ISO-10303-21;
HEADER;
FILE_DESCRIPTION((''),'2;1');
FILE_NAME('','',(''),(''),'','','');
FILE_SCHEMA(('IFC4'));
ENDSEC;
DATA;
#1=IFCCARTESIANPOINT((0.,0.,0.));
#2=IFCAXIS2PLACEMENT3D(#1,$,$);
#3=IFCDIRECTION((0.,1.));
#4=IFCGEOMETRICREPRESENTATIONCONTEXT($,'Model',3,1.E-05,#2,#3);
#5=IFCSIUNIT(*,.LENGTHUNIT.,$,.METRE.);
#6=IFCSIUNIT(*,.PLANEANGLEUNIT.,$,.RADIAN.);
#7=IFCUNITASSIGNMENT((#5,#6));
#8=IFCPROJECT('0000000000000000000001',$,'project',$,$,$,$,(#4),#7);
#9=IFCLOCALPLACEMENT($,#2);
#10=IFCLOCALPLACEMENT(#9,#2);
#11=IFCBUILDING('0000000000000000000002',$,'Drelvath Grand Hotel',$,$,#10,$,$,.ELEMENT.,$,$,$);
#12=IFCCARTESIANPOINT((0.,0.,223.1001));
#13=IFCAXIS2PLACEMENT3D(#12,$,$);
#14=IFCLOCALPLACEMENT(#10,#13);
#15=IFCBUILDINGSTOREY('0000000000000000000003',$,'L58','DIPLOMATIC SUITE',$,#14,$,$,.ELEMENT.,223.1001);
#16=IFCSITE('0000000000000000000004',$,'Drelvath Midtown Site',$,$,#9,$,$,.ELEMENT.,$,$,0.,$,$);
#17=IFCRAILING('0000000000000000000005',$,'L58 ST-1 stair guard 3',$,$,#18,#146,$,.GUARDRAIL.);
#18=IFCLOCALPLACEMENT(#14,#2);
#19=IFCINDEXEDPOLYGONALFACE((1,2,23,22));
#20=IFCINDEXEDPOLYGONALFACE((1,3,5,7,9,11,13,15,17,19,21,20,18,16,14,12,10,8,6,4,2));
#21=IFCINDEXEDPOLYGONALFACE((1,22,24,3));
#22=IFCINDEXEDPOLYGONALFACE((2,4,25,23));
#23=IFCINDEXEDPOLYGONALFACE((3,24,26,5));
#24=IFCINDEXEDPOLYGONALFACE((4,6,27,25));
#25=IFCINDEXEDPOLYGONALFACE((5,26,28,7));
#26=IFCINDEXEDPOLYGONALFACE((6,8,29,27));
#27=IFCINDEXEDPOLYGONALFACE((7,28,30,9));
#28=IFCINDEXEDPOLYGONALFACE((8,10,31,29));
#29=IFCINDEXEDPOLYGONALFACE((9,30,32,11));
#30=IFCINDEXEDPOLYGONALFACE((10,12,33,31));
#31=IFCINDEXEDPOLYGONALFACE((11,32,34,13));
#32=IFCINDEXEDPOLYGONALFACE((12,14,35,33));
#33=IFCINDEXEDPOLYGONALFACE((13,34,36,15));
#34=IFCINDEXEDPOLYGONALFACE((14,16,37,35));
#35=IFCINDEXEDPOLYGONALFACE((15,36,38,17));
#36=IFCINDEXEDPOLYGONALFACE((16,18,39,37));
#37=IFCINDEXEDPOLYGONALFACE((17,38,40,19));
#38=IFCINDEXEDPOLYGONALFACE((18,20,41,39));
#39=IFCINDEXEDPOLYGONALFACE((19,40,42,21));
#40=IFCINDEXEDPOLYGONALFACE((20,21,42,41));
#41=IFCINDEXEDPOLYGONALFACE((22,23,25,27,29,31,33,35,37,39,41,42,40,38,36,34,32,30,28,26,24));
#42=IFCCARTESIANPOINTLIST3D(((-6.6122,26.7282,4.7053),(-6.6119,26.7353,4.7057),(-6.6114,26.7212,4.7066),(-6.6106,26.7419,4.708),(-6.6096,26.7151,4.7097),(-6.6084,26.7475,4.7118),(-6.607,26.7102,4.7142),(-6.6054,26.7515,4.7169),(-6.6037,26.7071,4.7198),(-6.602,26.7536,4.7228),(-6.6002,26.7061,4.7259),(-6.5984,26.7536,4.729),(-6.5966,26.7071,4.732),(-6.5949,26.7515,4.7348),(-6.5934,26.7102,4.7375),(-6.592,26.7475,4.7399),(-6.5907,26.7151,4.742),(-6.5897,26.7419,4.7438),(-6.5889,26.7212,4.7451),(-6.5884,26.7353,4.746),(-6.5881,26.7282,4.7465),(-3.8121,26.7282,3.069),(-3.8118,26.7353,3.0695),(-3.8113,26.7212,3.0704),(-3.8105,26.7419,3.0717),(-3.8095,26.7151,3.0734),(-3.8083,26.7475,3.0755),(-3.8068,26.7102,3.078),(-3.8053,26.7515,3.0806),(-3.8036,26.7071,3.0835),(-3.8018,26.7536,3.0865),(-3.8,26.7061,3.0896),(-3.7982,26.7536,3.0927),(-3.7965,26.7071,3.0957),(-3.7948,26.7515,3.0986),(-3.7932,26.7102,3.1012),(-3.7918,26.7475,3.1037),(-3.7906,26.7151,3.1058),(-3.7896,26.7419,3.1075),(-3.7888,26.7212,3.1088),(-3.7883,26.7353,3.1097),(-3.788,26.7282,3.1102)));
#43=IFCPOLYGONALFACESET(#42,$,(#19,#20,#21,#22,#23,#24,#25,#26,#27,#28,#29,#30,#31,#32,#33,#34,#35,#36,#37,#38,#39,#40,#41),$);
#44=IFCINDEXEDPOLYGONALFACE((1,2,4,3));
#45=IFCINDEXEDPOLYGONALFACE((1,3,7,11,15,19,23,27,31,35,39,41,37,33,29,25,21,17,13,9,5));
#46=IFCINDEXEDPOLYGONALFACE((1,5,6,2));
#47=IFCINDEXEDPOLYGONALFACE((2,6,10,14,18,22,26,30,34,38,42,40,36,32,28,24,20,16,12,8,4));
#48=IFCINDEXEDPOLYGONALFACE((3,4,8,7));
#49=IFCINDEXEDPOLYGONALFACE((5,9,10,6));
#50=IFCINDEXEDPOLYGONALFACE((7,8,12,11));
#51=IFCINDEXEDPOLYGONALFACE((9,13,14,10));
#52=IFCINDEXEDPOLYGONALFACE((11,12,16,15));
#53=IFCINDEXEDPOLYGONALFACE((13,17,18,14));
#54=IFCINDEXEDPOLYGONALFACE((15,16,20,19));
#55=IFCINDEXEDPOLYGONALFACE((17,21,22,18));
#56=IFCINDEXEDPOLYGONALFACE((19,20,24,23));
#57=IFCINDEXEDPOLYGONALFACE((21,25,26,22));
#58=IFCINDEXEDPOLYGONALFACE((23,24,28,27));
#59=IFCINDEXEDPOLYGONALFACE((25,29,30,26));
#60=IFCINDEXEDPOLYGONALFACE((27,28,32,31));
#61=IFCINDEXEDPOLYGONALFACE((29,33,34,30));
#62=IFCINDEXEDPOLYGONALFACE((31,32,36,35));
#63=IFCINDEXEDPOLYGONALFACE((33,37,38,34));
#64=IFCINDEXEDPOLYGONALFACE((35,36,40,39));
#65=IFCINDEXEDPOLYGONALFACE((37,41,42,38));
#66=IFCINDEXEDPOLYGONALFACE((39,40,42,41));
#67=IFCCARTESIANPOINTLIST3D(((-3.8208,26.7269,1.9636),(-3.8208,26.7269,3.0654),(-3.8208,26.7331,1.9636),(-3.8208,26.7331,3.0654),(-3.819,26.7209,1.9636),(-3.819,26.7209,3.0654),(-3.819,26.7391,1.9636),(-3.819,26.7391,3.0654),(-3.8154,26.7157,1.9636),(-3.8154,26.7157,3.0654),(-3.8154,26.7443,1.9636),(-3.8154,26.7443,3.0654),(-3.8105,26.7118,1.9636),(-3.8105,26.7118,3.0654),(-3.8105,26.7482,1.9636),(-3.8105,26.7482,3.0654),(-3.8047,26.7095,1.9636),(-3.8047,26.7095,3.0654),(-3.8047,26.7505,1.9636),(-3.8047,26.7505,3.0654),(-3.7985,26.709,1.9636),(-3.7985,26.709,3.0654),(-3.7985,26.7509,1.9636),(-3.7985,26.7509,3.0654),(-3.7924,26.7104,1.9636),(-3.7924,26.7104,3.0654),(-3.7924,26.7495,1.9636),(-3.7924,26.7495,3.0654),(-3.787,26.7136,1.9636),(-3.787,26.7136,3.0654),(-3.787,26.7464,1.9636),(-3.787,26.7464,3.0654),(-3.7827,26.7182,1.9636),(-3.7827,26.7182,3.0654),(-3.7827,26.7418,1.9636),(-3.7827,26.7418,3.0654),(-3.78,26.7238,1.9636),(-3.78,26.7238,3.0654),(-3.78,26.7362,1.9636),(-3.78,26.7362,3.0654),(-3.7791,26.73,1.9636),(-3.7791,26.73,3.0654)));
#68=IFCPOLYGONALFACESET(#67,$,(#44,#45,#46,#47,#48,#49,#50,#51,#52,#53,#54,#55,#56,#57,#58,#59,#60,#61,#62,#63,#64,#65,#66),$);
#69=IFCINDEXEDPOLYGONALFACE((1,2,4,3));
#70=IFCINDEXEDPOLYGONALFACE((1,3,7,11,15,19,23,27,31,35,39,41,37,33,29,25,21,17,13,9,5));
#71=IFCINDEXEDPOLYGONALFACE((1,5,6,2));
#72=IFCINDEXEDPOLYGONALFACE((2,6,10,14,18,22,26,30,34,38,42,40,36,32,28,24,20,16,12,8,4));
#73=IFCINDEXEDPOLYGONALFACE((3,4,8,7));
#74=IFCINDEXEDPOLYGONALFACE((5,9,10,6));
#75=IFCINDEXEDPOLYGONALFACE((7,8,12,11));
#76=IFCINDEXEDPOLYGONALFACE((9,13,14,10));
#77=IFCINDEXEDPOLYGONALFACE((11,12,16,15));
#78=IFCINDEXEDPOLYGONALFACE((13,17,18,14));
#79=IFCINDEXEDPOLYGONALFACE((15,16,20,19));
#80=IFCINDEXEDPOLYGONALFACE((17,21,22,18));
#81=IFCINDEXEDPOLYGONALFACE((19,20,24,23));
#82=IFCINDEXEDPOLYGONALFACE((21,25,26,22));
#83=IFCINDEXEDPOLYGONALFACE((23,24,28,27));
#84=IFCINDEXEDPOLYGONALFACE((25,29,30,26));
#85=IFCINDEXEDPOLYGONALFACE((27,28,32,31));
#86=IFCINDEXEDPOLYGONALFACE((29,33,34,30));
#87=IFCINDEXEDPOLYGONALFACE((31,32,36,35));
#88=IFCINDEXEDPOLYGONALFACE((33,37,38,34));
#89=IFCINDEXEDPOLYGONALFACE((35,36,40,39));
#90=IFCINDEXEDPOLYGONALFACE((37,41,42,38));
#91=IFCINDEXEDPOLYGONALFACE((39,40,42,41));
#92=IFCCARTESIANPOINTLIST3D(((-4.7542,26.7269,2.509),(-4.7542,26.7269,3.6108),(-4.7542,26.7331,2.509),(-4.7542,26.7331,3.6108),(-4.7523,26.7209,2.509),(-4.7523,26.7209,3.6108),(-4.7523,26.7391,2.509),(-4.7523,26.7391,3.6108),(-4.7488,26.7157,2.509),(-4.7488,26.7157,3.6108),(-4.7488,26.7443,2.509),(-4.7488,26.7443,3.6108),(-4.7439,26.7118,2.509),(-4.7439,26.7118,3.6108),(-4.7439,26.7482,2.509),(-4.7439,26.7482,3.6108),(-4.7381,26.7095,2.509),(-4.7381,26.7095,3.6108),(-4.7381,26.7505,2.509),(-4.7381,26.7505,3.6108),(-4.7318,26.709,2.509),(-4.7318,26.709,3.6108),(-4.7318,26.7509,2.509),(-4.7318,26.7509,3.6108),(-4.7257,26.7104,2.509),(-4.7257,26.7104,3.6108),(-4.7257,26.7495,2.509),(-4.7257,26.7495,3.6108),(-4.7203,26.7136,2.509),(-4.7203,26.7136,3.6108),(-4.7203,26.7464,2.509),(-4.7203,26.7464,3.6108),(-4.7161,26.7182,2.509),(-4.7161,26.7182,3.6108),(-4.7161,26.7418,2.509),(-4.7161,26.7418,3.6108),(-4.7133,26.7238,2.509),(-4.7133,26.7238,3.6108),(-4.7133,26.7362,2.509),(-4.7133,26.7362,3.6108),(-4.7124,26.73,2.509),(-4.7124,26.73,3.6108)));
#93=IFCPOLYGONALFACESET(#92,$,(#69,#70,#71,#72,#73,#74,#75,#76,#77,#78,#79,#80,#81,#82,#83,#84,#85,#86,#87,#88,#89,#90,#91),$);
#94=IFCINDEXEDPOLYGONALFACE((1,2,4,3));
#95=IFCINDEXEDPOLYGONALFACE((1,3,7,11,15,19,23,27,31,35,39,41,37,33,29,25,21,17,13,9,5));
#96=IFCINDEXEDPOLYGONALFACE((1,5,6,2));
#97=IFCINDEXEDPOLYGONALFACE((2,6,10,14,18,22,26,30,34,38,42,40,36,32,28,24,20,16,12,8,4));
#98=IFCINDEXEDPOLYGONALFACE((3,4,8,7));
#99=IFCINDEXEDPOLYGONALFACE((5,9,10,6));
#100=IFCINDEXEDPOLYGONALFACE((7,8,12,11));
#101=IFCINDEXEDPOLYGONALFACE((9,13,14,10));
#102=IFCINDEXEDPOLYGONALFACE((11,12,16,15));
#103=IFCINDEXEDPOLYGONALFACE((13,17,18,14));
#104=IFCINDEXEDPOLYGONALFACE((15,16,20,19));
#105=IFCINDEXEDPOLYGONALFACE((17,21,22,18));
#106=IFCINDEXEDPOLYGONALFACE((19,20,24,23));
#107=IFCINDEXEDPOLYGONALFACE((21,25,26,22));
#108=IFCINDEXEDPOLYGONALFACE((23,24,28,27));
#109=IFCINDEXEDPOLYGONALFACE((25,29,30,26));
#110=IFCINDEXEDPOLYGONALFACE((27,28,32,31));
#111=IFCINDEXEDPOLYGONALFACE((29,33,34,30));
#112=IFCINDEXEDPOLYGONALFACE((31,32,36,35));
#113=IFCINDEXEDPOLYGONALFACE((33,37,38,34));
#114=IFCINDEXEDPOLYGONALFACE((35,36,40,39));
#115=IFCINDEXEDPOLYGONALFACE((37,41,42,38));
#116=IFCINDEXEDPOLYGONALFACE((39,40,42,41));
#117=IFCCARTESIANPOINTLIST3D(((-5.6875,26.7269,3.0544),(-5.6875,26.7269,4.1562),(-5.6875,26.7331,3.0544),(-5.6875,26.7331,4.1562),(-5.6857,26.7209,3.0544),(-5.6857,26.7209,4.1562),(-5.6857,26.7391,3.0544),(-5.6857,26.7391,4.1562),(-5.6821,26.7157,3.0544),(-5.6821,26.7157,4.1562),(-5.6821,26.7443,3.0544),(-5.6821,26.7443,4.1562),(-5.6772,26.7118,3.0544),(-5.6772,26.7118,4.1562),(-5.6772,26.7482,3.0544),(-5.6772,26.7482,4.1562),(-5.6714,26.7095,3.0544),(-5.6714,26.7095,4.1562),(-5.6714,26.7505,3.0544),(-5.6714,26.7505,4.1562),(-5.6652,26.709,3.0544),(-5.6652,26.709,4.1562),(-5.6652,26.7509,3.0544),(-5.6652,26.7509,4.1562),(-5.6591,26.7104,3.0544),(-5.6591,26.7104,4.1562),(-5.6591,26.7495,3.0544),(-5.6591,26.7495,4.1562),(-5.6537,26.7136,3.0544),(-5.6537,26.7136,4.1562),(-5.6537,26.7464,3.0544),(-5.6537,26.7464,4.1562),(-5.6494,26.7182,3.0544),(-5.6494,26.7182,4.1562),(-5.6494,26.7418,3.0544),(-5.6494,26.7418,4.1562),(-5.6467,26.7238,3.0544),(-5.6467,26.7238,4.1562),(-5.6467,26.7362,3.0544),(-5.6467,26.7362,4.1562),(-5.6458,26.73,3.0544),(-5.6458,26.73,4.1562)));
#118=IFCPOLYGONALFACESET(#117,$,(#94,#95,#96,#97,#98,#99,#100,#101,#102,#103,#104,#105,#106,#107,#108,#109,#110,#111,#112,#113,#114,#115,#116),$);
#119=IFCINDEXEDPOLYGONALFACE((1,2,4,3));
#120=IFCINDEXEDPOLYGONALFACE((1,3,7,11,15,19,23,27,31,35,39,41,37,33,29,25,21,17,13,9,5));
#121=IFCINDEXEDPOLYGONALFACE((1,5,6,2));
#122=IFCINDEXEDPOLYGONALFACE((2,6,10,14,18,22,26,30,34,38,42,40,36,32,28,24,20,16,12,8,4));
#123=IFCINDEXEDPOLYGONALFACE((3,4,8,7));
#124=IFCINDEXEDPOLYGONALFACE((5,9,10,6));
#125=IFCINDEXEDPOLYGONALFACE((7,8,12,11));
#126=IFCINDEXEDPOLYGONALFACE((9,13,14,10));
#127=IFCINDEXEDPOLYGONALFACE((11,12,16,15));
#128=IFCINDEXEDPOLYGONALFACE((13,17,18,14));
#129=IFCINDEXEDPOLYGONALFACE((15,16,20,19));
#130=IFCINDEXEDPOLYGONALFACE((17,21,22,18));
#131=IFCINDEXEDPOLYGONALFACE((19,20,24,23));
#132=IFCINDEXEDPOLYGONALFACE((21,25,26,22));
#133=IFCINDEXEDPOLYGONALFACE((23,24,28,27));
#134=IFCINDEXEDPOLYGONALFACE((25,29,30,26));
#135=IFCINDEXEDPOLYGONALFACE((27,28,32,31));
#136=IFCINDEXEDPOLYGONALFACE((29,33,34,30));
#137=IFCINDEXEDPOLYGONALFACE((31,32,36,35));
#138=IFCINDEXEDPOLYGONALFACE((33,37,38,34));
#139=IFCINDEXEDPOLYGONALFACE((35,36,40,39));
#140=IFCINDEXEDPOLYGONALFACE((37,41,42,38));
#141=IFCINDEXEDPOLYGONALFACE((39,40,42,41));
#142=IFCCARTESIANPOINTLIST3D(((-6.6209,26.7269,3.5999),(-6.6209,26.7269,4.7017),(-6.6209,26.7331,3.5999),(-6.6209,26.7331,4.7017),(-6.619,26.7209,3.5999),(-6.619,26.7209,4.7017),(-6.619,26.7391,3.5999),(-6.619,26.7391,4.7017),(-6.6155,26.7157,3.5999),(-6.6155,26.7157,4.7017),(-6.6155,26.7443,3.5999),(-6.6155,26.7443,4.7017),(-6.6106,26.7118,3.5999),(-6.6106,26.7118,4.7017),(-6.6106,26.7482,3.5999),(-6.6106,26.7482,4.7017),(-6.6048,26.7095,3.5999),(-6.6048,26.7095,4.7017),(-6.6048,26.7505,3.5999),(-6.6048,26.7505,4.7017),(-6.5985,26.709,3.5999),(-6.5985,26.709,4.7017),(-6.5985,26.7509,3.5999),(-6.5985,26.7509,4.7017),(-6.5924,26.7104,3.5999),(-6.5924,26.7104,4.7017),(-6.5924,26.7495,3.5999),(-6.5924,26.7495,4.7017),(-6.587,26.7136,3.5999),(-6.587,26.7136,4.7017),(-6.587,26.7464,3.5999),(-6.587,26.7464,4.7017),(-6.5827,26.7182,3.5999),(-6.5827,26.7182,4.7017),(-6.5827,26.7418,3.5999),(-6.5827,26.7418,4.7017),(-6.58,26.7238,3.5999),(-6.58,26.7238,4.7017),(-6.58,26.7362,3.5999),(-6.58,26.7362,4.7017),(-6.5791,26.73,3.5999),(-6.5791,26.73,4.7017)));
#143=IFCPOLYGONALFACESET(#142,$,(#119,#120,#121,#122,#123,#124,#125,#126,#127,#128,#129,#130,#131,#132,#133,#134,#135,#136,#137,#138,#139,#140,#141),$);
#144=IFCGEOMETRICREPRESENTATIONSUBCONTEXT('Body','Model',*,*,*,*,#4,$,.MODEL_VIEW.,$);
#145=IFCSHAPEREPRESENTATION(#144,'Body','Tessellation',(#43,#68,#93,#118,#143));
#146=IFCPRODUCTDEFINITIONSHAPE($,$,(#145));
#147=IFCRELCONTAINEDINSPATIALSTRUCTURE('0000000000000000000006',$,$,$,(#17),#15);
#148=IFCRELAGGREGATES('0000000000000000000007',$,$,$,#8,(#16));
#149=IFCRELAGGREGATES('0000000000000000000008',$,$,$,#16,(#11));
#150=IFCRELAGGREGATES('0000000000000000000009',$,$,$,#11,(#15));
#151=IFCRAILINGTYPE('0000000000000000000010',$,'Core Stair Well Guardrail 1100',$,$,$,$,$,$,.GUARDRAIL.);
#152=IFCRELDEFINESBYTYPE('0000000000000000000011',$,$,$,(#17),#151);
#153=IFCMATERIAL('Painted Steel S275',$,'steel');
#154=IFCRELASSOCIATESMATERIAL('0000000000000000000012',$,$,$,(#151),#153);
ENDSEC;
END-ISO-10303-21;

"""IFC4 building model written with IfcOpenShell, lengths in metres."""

from ifc_helpers import new_model, si_unit, direction, frame, origin, origin_2d, place, context, subcontext, project, spatial, circle, extrude, material, type_object, element, save


model = new_model("IFC4")

# Units and contexts
model_context = context("Model", 3, precision=1e-05, world=origin(), true_north=direction((0.0, 1.0)))
body_context = subcontext(model_context, "Body", "Model", "MODEL_VIEW")
ifc_project = project(units=[si_unit("LENGTHUNIT", "METRE"), si_unit("PLANEANGLEUNIT", "RADIAN")], contexts=[model_context])

# Site, building, storey
site_placement = place(None, origin())
site = spatial("IfcSite", under=ifc_project, at=site_placement, Name="Drelvath Midtown Site", CompositionType="ELEMENT", RefElevation=0.0)
building_placement = place(site_placement, origin())
building = spatial("IfcBuilding", under=site, at=building_placement, Name="Drelvath Grand Hotel", CompositionType="ELEMENT")
storey_placement = place(building_placement, frame((0.0, 0.0, 223.1001)))
storey = spatial("IfcBuildingStorey", under=building, at=storey_placement, Name="L58", Description="DIPLOMATIC SUITE", CompositionType="ELEMENT", Elevation=223.1001)

# Shared definitions
ifc_material_1 = material(Name="Painted Steel S275", Category="steel")

# Railing
railing_type_1 = type_object("IfcRailingType", Name="Core Stair Well Guardrail 1100", PredefinedType="GUARDRAIL", material=ifc_material_1)
railing_1_placement = place(storey_placement, frame((-3.8, 26.73, 1.9636)))
element("IfcRailing", 1, at=railing_1_placement, inside=storey, type_object=railing_type_1, Name="L58 ST-1 stair guard 3", PredefinedType="GUARDRAIL", context=body_context, shape_type="SweptSolid", body=[
    extrude(circle(Radius=0.0239, at=origin_2d()), frame((0.0, 0.0, 1.126), z_axis=(-0.863394, 0.0, 0.504531), x_axis=(0.0, -1.0, 0.0)), (0.0, 0.0, 1.0), 3.2432),
    extrude(circle(Radius=0.021, at=origin_2d()), origin(), (0.0, 0.0, 1.0), 1.1018),
    extrude(circle(Radius=0.021, at=origin_2d()), frame((-0.9333, 0.0, 0.5454)), (0.0, 0.0, 1.0), 1.1018),
    extrude(circle(Radius=0.021, at=origin_2d()), frame((-1.8667, 0.0, 1.0908)), (0.0, 0.0, 1.0), 1.1018),
    extrude(circle(Radius=0.021, at=origin_2d()), frame((-2.8, 0.0, 1.6362)), (0.0, 0.0, 1.0), 1.1018),
])

save(model, "model.ifc")
